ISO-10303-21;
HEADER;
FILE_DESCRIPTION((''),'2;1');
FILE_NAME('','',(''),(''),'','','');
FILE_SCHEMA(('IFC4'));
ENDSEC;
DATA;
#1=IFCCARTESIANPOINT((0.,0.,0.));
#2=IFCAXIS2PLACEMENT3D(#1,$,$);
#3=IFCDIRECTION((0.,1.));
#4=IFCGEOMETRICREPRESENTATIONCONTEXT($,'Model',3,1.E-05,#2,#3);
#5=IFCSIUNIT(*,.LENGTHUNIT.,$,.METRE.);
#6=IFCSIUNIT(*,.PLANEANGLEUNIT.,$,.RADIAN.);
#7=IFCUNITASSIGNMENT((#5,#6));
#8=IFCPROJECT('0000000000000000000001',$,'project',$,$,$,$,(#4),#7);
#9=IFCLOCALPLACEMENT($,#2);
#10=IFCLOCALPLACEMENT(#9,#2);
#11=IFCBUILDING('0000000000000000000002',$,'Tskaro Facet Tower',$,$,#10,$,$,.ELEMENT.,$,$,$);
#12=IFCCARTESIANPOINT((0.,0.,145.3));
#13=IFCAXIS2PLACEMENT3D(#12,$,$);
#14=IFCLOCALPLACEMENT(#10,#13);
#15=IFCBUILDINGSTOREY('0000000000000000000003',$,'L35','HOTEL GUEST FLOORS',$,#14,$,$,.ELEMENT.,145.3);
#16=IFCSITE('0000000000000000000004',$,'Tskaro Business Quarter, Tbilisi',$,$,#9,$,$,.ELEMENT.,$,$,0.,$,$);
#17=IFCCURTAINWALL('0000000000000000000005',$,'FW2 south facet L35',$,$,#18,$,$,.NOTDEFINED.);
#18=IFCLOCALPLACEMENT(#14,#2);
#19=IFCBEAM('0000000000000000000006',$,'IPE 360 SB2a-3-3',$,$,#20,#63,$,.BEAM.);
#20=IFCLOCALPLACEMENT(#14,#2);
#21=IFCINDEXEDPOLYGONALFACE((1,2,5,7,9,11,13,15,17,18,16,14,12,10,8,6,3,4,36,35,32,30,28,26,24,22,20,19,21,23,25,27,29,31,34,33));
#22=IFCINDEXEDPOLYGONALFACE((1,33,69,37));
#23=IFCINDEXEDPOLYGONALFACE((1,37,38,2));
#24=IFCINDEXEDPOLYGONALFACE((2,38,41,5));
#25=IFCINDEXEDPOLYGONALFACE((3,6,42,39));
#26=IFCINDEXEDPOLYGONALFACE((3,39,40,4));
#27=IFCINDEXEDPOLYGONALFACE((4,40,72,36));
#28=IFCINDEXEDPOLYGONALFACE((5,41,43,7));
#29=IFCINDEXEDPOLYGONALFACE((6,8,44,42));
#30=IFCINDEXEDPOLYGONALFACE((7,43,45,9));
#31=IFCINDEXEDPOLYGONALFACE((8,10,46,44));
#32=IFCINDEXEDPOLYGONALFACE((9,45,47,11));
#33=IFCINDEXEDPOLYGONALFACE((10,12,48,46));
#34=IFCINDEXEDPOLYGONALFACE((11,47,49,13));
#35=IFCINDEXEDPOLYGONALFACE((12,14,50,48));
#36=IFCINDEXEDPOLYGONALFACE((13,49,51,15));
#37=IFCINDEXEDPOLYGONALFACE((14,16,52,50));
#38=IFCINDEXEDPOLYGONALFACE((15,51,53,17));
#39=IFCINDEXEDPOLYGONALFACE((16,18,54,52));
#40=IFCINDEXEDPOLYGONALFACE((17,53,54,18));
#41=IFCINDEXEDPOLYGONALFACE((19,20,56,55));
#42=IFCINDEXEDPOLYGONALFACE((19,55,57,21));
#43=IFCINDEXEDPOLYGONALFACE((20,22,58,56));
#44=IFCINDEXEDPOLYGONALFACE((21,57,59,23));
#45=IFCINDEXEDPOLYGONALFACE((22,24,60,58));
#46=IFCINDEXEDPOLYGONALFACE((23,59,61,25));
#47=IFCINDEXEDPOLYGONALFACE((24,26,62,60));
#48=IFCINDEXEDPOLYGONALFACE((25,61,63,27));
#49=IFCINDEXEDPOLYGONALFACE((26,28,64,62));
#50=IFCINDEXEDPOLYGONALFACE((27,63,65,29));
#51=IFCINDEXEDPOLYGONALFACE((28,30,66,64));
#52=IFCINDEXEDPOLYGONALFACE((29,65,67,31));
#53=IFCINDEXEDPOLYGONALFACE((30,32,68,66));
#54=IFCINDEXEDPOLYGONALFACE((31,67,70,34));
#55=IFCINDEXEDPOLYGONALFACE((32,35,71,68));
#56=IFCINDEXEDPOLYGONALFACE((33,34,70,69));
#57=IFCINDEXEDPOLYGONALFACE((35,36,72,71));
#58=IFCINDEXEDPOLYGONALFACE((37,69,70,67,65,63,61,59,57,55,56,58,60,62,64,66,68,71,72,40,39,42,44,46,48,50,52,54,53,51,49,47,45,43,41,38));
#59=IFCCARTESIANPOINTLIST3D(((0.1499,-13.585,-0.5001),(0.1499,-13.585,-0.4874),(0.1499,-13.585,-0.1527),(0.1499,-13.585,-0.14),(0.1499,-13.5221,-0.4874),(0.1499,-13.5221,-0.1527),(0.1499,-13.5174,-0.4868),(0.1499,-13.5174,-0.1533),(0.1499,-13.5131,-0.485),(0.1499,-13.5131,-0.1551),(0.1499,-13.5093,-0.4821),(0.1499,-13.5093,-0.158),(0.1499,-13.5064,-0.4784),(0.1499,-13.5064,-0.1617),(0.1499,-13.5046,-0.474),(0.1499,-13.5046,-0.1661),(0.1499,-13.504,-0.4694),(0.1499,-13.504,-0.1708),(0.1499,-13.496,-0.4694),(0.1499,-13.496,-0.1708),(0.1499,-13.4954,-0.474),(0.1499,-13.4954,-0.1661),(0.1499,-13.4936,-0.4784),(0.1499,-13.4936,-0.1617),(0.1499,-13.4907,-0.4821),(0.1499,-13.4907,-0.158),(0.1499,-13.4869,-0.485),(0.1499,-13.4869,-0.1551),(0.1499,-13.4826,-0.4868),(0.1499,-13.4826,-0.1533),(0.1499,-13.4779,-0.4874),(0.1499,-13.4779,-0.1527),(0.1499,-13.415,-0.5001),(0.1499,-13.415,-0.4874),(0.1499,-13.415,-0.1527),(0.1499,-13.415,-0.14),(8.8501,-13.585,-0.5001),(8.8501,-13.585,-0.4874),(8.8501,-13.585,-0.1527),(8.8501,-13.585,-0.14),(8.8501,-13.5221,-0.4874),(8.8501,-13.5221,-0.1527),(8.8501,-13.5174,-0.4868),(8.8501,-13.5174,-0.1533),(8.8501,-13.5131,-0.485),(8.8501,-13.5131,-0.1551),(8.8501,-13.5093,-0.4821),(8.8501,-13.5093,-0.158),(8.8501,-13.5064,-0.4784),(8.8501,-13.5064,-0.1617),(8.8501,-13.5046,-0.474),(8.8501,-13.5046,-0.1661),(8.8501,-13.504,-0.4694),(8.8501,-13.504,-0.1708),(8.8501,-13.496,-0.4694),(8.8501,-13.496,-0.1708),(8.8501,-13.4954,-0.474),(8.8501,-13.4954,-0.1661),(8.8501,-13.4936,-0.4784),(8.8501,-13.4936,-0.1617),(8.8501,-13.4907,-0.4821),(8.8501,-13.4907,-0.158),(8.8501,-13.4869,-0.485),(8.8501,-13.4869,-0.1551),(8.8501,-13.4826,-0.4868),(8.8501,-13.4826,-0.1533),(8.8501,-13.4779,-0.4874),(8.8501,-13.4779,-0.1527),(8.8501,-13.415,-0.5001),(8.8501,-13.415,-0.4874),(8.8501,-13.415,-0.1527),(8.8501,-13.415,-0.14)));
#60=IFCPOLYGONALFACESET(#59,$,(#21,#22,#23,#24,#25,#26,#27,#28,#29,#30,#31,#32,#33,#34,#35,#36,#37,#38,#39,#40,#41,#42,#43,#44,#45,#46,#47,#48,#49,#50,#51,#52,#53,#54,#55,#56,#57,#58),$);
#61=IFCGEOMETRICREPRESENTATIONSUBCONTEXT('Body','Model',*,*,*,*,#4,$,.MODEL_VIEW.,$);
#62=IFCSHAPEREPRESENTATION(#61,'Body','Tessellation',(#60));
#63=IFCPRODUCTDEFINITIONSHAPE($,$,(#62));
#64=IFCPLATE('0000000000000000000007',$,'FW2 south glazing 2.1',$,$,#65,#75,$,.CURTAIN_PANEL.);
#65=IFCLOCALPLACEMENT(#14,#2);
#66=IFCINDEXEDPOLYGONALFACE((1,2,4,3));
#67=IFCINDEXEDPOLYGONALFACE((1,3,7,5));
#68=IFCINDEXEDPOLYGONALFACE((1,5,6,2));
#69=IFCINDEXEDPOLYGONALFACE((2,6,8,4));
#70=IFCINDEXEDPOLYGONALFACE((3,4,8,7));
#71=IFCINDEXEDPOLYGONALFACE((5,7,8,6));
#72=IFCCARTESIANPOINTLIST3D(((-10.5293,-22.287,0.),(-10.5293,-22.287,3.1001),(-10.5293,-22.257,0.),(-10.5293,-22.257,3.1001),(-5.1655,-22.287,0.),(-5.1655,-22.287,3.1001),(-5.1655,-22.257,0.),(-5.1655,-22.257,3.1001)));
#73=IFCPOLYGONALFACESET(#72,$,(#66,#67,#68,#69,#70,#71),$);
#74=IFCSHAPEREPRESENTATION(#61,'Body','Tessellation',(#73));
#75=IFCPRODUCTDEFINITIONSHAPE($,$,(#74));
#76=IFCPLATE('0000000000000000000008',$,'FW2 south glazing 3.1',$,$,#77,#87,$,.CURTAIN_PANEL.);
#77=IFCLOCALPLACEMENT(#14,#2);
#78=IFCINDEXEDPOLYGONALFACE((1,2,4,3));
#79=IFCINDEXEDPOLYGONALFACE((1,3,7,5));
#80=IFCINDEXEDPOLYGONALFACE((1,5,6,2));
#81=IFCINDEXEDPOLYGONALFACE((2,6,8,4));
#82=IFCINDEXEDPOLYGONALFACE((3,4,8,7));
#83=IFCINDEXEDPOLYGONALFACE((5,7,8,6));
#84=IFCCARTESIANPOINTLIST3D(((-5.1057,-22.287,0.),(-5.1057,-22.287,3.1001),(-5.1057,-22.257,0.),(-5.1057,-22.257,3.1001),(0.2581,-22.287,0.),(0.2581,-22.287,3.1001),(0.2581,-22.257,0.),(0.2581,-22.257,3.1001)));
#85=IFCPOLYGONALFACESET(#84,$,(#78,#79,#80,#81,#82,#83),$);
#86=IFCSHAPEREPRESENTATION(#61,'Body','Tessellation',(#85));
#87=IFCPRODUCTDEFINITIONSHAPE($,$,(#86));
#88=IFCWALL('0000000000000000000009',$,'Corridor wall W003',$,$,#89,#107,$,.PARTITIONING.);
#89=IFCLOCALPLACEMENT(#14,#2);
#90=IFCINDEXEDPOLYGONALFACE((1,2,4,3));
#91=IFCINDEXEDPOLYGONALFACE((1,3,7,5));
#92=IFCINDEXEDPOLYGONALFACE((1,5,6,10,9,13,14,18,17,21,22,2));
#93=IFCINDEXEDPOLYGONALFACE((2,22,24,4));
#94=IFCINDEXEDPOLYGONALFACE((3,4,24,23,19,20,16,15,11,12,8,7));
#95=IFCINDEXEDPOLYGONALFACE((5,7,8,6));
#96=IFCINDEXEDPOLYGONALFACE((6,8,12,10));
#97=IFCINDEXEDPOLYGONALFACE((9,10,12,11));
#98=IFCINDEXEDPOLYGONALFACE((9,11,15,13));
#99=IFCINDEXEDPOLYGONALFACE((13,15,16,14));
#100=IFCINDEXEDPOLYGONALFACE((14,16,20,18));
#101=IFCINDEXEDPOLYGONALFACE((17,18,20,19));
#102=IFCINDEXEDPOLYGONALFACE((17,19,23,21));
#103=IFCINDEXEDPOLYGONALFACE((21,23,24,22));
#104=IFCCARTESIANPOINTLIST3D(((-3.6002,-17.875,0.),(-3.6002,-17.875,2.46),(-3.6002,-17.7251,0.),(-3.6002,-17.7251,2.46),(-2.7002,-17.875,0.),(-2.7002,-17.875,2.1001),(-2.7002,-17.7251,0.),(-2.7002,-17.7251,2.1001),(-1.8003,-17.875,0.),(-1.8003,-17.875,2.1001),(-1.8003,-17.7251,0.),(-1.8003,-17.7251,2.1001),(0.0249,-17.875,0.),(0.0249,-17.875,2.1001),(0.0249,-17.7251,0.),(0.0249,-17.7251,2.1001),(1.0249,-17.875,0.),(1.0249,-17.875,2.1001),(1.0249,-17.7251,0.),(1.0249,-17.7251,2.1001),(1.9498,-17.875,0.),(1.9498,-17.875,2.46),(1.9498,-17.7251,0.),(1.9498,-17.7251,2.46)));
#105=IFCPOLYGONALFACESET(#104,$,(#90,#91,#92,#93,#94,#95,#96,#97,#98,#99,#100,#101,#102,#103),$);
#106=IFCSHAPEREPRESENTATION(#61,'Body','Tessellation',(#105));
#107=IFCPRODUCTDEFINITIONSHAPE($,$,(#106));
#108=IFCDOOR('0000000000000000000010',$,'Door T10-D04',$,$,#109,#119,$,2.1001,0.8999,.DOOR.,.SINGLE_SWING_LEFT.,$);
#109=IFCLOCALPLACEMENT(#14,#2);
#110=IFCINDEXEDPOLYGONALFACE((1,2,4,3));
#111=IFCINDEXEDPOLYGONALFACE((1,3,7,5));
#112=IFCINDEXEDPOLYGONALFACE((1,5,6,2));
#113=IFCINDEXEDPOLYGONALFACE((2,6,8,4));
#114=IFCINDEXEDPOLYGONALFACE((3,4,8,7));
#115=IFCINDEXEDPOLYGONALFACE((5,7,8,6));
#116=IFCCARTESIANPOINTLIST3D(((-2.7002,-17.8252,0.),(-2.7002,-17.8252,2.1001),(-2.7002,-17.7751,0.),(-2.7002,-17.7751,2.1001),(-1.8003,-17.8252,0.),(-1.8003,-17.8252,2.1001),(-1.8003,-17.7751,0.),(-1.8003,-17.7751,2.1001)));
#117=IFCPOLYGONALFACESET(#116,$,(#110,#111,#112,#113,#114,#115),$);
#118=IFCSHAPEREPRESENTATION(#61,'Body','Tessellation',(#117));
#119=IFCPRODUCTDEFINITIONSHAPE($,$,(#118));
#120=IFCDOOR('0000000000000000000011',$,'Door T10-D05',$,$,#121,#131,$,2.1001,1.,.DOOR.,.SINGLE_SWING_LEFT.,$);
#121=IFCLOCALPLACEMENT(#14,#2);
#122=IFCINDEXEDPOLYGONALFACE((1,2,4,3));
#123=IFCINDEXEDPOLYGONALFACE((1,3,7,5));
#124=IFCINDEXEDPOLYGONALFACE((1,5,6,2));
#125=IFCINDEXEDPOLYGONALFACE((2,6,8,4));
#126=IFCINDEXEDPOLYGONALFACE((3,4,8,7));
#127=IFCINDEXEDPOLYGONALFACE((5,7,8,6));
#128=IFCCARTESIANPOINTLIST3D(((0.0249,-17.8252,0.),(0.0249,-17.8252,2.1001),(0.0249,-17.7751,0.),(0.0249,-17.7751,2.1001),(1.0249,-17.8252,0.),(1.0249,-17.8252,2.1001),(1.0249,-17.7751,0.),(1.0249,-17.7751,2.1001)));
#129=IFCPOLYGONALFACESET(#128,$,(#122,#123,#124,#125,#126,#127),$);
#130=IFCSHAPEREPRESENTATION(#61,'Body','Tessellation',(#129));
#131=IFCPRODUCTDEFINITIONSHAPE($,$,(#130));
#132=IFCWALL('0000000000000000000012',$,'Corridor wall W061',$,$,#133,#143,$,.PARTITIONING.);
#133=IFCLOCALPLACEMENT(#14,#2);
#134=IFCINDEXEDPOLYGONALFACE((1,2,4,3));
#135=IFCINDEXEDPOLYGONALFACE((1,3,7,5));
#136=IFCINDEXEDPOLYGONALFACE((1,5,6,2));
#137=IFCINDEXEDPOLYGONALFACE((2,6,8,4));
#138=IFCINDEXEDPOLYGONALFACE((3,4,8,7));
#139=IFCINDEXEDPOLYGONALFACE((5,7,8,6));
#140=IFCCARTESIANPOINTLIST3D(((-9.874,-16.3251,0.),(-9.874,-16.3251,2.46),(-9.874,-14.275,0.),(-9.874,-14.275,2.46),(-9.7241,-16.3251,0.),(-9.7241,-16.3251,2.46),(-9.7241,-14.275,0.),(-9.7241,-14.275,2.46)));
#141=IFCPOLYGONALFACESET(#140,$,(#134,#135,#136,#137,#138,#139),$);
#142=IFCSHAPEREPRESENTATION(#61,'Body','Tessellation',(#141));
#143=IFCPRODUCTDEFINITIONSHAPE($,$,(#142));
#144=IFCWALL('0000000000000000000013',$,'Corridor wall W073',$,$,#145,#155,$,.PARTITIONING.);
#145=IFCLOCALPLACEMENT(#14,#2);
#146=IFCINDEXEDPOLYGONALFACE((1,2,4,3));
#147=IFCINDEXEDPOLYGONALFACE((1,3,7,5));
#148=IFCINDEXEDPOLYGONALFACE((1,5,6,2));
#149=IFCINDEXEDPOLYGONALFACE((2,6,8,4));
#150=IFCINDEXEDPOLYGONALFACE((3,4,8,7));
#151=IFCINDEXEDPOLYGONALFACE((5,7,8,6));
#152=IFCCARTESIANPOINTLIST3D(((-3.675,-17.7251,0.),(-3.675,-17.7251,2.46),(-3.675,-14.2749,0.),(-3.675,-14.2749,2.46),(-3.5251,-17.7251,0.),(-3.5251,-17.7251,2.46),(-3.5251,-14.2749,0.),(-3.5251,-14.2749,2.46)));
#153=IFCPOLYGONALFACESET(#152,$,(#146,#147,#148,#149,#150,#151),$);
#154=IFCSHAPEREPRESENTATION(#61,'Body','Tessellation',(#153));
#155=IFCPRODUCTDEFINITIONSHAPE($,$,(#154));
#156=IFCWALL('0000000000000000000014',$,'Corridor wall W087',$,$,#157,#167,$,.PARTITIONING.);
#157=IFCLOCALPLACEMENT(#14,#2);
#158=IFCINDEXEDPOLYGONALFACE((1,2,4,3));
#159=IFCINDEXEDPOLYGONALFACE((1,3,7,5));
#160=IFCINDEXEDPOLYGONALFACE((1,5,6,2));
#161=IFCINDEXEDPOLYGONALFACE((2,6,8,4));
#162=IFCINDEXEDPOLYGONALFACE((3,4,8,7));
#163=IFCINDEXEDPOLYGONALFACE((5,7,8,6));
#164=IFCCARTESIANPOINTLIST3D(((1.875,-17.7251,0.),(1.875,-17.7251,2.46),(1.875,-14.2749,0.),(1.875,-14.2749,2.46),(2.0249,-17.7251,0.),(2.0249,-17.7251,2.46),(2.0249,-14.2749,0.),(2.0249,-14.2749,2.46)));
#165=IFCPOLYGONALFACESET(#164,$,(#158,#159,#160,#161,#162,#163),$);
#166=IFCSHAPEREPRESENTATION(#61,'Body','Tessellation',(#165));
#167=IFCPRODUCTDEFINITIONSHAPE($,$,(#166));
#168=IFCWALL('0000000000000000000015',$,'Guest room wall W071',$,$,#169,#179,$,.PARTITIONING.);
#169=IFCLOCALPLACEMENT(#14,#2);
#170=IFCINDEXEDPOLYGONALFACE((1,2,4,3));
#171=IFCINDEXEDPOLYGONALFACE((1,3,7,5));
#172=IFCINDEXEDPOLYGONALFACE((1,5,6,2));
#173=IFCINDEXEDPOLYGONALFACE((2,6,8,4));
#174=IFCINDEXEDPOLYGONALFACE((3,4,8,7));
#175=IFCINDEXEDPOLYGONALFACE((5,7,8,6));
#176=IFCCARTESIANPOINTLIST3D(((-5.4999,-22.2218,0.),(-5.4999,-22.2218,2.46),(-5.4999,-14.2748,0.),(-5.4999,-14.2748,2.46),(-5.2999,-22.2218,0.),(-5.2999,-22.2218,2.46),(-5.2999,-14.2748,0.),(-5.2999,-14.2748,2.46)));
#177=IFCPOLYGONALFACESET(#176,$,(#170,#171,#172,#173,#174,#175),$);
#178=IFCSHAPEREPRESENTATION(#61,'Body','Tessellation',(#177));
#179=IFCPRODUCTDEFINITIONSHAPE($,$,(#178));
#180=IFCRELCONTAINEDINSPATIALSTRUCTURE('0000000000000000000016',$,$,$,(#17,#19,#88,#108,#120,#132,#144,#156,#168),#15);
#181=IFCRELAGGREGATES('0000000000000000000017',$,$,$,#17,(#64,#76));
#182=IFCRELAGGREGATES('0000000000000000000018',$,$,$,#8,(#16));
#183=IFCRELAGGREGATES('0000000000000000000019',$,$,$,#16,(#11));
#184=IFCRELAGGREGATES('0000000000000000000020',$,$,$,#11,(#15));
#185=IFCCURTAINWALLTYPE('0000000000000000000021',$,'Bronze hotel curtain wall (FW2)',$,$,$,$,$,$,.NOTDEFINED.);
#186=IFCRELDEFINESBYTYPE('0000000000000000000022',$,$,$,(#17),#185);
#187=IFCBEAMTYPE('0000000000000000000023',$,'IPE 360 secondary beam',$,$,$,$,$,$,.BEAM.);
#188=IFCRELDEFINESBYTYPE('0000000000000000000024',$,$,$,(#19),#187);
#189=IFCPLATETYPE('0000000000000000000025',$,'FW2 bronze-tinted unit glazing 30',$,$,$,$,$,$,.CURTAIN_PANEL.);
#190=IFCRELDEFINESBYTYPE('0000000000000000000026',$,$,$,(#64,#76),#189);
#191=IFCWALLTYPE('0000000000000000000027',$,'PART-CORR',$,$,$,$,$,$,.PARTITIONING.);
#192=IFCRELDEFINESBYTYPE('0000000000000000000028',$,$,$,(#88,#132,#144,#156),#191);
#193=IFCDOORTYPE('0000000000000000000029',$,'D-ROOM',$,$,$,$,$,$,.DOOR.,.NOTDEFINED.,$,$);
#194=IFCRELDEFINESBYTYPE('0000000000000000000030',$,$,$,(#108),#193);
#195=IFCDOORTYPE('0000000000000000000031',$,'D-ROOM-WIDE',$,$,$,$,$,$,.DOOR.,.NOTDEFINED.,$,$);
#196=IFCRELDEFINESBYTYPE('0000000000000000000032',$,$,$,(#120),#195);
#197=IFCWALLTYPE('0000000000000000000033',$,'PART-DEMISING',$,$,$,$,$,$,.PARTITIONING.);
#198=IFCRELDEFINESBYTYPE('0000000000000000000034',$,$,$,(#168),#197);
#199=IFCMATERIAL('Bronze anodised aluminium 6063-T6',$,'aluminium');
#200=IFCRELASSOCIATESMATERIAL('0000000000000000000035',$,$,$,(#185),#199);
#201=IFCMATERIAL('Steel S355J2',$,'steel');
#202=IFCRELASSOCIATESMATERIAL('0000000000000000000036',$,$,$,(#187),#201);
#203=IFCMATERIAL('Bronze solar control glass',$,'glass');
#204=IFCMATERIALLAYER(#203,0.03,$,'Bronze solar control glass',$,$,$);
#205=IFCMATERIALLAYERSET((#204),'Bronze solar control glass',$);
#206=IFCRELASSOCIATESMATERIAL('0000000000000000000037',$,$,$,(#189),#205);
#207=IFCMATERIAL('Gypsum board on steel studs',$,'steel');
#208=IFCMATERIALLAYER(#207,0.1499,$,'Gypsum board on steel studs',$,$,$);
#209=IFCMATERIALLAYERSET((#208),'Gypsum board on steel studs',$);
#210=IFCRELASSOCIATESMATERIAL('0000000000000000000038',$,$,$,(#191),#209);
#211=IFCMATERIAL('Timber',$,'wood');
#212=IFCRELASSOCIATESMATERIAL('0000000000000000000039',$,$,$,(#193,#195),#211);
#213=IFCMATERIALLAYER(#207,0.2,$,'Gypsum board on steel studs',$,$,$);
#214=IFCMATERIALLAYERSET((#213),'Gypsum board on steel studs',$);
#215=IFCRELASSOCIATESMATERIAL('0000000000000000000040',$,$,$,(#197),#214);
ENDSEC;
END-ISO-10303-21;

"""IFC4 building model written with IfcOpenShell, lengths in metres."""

from ifc_helpers import new_model, si_unit, direction, frame, frame_2d, origin, origin_2d, place, context, subcontext, project, spatial, rectangle, i_section, extrude, material, layer, layer_set, material_profile, profile_set, type_object, element, fill, aggregate, save


model = new_model("IFC4")

# Units and contexts
model_context = context("Model", 3, precision=1e-05, world=origin(), true_north=direction((0.0, 1.0)))
body_context = subcontext(model_context, "Body", "Model", "MODEL_VIEW")
ifc_project = project(units=[si_unit("LENGTHUNIT", "METRE"), si_unit("PLANEANGLEUNIT", "RADIAN")], contexts=[model_context])

# Site, building, storey
site_placement = place(None, origin())
site = spatial("IfcSite", under=ifc_project, at=site_placement, Name="Tskaro Business Quarter, Tbilisi", CompositionType="ELEMENT", RefElevation=0.0)
building_placement = place(site_placement, origin())
building = spatial("IfcBuilding", under=site, at=building_placement, Name="Tskaro Facet Tower", CompositionType="ELEMENT")
storey_placement = place(building_placement, frame((0.0, 0.0, 145.3)))
storey = spatial("IfcBuildingStorey", under=building, at=storey_placement, Name="L35", Description="HOTEL GUEST FLOORS", CompositionType="ELEMENT", Elevation=145.3)

# Curtain wall
ifc_material_1 = material(Name="Bronze anodised aluminium 6063-T6", Category="aluminium")
curtain_wall_type = type_object("IfcCurtainWallType", Name="Bronze hotel curtain wall (FW2)", PredefinedType="NOTDEFINED", material=ifc_material_1)
curtain_wall_placement = place(storey_placement, origin())
curtain_wall = element("IfcCurtainWall", 1, at=curtain_wall_placement, inside=storey, type_object=curtain_wall_type, Name="FW2 south facet L35", PredefinedType="NOTDEFINED")

# Beam
ifc_material_2 = material(Name="Steel S355J2", Category="steel")
ifc_material_profile_1 = material_profile(ifc_material_2, i_section(OverallWidth=0.1699, OverallDepth=0.3601, WebThickness=0.0081, FlangeThickness=0.0127, FilletRadius=0.0181, at=origin_2d()), Name="IPE 360")
ifc_profile_set_1 = profile_set([ifc_material_profile_1], Name="Steel S355J2")
beam_type_1 = type_object("IfcBeamType", Name="IPE 360 secondary beam", PredefinedType="BEAM", material=ifc_profile_set_1)
for number, where, z_axis, x_axis, name in (
    (2, (0.1499, -13.5, -0.3201), (1.0, 0.0, 0.0), (0.0, 1.0, 0.0), "IPE 360 SB2a-3-3"),
):
    element("IfcBeam", number, at=place(storey_placement, frame(where, z_axis=z_axis, x_axis=x_axis)), inside=storey, type_object=beam_type_1, Name=name, PredefinedType="BEAM", context=body_context, shape_type="SweptSolid", body=[
        extrude(i_section(OverallWidth=0.1699, OverallDepth=0.3601, WebThickness=0.0081, FlangeThickness=0.0127, FilletRadius=0.0181, at=origin_2d()), origin(), (0.0, 0.0, 1.0), 8.7002),
    ])

# Plates
ifc_material_3 = material(Name="Bronze solar control glass", Category="glass")
ifc_layer_1 = layer(ifc_material_3, 0.03, Name="Bronze solar control glass")
ifc_layer_set_1 = layer_set([ifc_layer_1], Name="Bronze solar control glass")
plate_type = type_object("IfcPlateType", Name="FW2 bronze-tinted unit glazing 30", PredefinedType="CURTAIN_PANEL", material=ifc_layer_set_1)
plate_1_placement = place(storey_placement, frame((-7.8474, -22.272, 0.0), z_axis=(0.0, 0.0, 1.0), x_axis=(1.0, 0.0, 0.0)))
plate_1 = element("IfcPlate", 3, at=plate_1_placement, type_object=plate_type, Name="FW2 south glazing 2.1", PredefinedType="CURTAIN_PANEL", context=body_context, shape_type="SweptSolid", body=[
    extrude(rectangle(XDim=5.3638, YDim=0.03, at=origin_2d()), origin(), (0.0, 0.0, 1.0), 3.1001),
])
plate_2_placement = place(storey_placement, frame((-2.4238, -22.272, 0.0), z_axis=(0.0, 0.0, 1.0), x_axis=(1.0, 0.0, 0.0)))
plate_2 = element("IfcPlate", 4, at=plate_2_placement, type_object=plate_type, Name="FW2 south glazing 3.1", PredefinedType="CURTAIN_PANEL", context=body_context, shape_type="SweptSolid", body=[
    extrude(rectangle(XDim=5.3638, YDim=0.03, at=origin_2d()), origin(), (0.0, 0.0, 1.0), 3.1001),
])
aggregate(curtain_wall, [plate_1, plate_2])

# Wall, openings, doors
ifc_material_4 = material(Name="Gypsum board on steel studs", Category="steel")
ifc_layer_2 = layer(ifc_material_4, 0.1499, Name="Gypsum board on steel studs")
ifc_layer_set_2 = layer_set([ifc_layer_2], Name="Gypsum board on steel studs")
wall_type_1 = type_object("IfcWallType", Name="PART-CORR", PredefinedType="PARTITIONING", material=ifc_layer_set_2)
wall_1_placement = place(storey_placement, frame((-3.6001, -17.8, 0.0), z_axis=(0.0, 0.0, 1.0), x_axis=(1.0, 0.0, 0.0)))
wall_1 = element("IfcWall", 5, at=wall_1_placement, inside=storey, type_object=wall_type_1, Name="Corridor wall W003", PredefinedType="PARTITIONING", context=body_context, shape_type="SweptSolid", body=[
    extrude(rectangle(XDim=5.55, YDim=0.1499, at=frame_2d((2.7749, 0.0))), origin(), (0.0, 0.0, 1.0), 2.46),
])
opening_1_placement = place(wall_1_placement, frame((0.8999, 0.0, 0.0)))
opening_1 = element("IfcOpeningElement", 6, at=opening_1_placement, cuts=wall_1, PredefinedType="OPENING", context=body_context, shape_type="SweptSolid", body=[
    extrude(rectangle(XDim=0.8999, YDim=2.1001, at=frame_2d((0.45, 1.05))), frame((0.0, 0.085, 0.0), z_axis=(0.0, -1.0, 0.0), x_axis=(1.0, 0.0, 0.0)), (0.0, 0.0, 1.0), 0.1699),
])
opening_2_placement = place(wall_1_placement, frame((3.625, 0.0, 0.0)))
opening_2 = element("IfcOpeningElement", 7, at=opening_2_placement, cuts=wall_1, PredefinedType="OPENING", context=body_context, shape_type="SweptSolid", body=[
    extrude(rectangle(XDim=1.0, YDim=2.1001, at=frame_2d((0.5, 1.05))), frame((0.0, 0.085, 0.0), z_axis=(0.0, -1.0, 0.0), x_axis=(1.0, 0.0, 0.0)), (0.0, 0.0, 1.0), 0.1699),
])
ifc_material_5 = material(Name="Timber", Category="wood")
door_type_1 = type_object("IfcDoorType", Name="D-ROOM", OperationType="NOTDEFINED", PredefinedType="DOOR", material=ifc_material_5)
door_1_placement = place(opening_1_placement, origin())
door_1 = element("IfcDoor", 8, at=door_1_placement, inside=storey, type_object=door_type_1, Name="Door T10-D04", OperationType="SINGLE_SWING_LEFT", OverallHeight=2.1001, OverallWidth=0.8999, PredefinedType="DOOR", context=body_context, shape_type="SweptSolid", body=[
    extrude(rectangle(XDim=0.8999, YDim=2.1001, at=frame_2d((0.45, 1.05))), frame((0.0, 0.0249, 0.0), z_axis=(0.0, -1.0, 0.0), x_axis=(1.0, 0.0, 0.0)), (0.0, 0.0, 1.0), 0.05),
])
fill(opening_1, door_1)
door_type_2 = type_object("IfcDoorType", Name="D-ROOM-WIDE", OperationType="NOTDEFINED", PredefinedType="DOOR", material=ifc_material_5)
door_2_placement = place(opening_2_placement, origin())
door_2 = element("IfcDoor", 9, at=door_2_placement, inside=storey, type_object=door_type_2, Name="Door T10-D05", OperationType="SINGLE_SWING_LEFT", OverallHeight=2.1001, OverallWidth=1.0, PredefinedType="DOOR", context=body_context, shape_type="SweptSolid", body=[
    extrude(rectangle(XDim=1.0, YDim=2.1001, at=frame_2d((0.5, 1.05))), frame((0.0, 0.0249, 0.0), z_axis=(0.0, -1.0, 0.0), x_axis=(1.0, 0.0, 0.0)), (0.0, 0.0, 1.0), 0.05),
])
fill(opening_2, door_2)

# Walls
wall_2_placement = place(storey_placement, frame((-9.7991, -16.325, 0.0), z_axis=(0.0, 0.0, 1.0), x_axis=(0.0, 1.0, 0.0)))
element("IfcWall", 10, at=wall_2_placement, inside=storey, type_object=wall_type_1, Name="Corridor wall W061", PredefinedType="PARTITIONING", context=body_context, shape_type="SweptSolid", body=[
    extrude(rectangle(XDim=2.05, YDim=0.1499, at=frame_2d((1.0249, 0.0))), origin(), (0.0, 0.0, 1.0), 2.46),
])
for number, where, z_axis, x_axis, name in (
    (11, (-3.6001, -17.7251, 0.0), (0.0, 0.0, 1.0), (0.0, 1.0, 0.0), "Corridor wall W073"),
    (12, (1.95, -17.7251, 0.0), (0.0, 0.0, 1.0), (0.0, 1.0, 0.0), "Corridor wall W087"),
):
    element("IfcWall", number, at=place(storey_placement, frame(where, z_axis=z_axis, x_axis=x_axis)), inside=storey, type_object=wall_type_1, Name=name, PredefinedType="PARTITIONING", context=body_context, shape_type="SweptSolid", body=[
        extrude(rectangle(XDim=3.4502, YDim=0.1499, at=frame_2d((1.7251, 0.0))), origin(), (0.0, 0.0, 1.0), 2.46),
    ])
ifc_layer_3 = layer(ifc_material_4, 0.2, Name="Gypsum board on steel studs")
ifc_layer_set_3 = layer_set([ifc_layer_3], Name="Gypsum board on steel studs")
wall_type_2 = type_object("IfcWallType", Name="PART-DEMISING", PredefinedType="PARTITIONING", material=ifc_layer_set_3)
for number, where, z_axis, x_axis, name in (
    (13, (-5.3999, -22.2219, 0.0), (0.0, 0.0, 1.0), (0.0, 1.0, 0.0), "Guest room wall W071"),
):
    element("IfcWall", number, at=place(storey_placement, frame(where, z_axis=z_axis, x_axis=x_axis)), inside=storey, type_object=wall_type_2, Name=name, PredefinedType="PARTITIONING", context=body_context, shape_type="SweptSolid", body=[
        extrude(rectangle(XDim=7.947, YDim=0.2, at=frame_2d((3.9736, 0.0))), origin(), (0.0, 0.0, 1.0), 2.46),
    ])

save(model, "model.ifc")
